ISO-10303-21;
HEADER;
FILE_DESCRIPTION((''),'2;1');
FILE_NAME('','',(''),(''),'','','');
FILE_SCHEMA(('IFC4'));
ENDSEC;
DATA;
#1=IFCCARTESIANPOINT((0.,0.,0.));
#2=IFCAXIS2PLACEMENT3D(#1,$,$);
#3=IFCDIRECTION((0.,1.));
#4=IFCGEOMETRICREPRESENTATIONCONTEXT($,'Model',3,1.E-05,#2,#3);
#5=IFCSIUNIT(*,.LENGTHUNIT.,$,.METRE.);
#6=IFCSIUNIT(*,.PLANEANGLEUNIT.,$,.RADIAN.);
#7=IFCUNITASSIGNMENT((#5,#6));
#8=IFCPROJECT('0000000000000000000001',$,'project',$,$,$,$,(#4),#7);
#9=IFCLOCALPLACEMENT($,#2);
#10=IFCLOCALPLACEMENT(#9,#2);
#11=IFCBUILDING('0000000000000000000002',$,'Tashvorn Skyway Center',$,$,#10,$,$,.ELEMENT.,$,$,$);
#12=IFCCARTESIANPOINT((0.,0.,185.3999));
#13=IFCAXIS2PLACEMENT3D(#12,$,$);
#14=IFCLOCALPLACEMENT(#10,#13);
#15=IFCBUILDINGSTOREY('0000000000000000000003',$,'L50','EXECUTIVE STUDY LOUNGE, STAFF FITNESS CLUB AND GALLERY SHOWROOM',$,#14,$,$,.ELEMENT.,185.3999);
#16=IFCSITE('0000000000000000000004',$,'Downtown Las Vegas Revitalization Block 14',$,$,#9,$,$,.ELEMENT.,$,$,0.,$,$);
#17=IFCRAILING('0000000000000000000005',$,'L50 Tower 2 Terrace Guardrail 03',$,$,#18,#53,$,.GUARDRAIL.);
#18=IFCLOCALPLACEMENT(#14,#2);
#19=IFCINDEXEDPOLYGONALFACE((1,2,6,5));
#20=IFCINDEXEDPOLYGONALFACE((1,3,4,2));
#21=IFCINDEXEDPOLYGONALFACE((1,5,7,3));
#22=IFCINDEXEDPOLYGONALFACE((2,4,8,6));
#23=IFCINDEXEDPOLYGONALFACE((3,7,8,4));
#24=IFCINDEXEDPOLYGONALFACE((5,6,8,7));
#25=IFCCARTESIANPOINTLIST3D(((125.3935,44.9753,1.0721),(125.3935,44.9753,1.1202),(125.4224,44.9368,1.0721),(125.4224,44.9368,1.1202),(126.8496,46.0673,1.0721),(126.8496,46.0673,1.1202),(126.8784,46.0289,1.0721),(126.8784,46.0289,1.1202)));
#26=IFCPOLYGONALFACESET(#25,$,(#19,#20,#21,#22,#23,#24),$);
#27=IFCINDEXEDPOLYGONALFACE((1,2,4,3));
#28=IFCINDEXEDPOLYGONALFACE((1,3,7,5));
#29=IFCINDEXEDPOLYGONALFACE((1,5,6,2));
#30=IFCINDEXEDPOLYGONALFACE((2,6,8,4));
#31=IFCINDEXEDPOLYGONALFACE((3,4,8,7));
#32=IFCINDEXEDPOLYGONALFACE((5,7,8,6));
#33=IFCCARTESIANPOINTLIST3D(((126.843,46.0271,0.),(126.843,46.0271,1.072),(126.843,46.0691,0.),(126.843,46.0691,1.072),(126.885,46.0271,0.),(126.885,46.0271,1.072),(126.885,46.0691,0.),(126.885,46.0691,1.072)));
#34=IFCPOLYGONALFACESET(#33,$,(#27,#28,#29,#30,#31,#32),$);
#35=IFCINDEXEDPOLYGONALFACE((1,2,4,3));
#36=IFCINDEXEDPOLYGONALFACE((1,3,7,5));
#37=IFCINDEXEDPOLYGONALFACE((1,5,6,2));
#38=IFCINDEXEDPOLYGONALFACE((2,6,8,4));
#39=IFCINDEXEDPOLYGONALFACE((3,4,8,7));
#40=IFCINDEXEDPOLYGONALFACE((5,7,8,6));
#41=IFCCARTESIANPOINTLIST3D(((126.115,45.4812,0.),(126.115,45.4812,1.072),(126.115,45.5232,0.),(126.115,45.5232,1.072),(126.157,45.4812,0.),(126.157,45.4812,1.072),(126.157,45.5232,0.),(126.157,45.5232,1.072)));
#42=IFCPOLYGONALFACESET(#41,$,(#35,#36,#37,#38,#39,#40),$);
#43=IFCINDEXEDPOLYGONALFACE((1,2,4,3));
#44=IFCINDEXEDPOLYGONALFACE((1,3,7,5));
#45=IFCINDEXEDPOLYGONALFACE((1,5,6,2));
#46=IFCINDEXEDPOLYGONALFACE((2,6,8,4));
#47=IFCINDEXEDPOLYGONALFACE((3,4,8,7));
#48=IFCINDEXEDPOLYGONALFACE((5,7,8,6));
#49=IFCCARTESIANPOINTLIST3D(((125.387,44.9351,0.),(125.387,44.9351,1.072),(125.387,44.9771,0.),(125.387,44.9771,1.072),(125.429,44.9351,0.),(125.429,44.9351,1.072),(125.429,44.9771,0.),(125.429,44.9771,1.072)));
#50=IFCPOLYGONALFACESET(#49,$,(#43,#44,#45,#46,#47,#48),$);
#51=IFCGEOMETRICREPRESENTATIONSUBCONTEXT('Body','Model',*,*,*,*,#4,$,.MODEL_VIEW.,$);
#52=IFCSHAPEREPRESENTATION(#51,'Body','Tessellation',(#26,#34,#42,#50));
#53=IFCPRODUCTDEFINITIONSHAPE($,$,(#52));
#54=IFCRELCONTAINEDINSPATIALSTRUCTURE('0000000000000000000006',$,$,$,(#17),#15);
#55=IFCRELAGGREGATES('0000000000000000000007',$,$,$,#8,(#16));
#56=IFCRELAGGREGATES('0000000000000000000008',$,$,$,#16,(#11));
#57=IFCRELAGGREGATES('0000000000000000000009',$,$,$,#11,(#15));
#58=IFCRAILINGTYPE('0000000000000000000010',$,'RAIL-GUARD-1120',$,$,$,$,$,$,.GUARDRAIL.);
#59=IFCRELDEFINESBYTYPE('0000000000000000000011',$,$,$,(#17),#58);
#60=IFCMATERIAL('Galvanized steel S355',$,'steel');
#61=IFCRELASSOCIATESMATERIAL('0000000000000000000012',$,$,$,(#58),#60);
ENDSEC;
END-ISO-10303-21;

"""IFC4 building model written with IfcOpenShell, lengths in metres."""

from ifc_helpers import new_model, si_unit, direction, frame, origin, origin_2d, place, context, subcontext, project, spatial, rectangle, extrude, material, type_object, element, save


model = new_model("IFC4")

# Units and contexts
model_context = context("Model", 3, precision=1e-05, world=origin(), true_north=direction((0.0, 1.0)))
body_context = subcontext(model_context, "Body", "Model", "MODEL_VIEW")
ifc_project = project(units=[si_unit("LENGTHUNIT", "METRE"), si_unit("PLANEANGLEUNIT", "RADIAN")], contexts=[model_context])

# Site, building, storey
site_placement = place(None, origin())
site = spatial("IfcSite", under=ifc_project, at=site_placement, Name="Downtown Las Vegas Revitalization Block 14", CompositionType="ELEMENT", RefElevation=0.0)
building_placement = place(site_placement, origin())
building = spatial("IfcBuilding", under=site, at=building_placement, Name="Tashvorn Skyway Center", CompositionType="ELEMENT")
storey_placement = place(building_placement, frame((0.0, 0.0, 185.3999)))
storey = spatial("IfcBuildingStorey", under=building, at=storey_placement, Name="L50", Description="EXECUTIVE STUDY LOUNGE, STAFF FITNESS CLUB AND GALLERY SHOWROOM", CompositionType="ELEMENT", Elevation=185.3999)

# Railing
ifc_material_1 = material(Name="Galvanized steel S355", Category="steel")
railing_type = type_object("IfcRailingType", Name="RAIL-GUARD-1120", PredefinedType="GUARDRAIL", material=ifc_material_1)
railing_placement = place(storey_placement, frame((126.864, 46.0481, 0.0)))
element("IfcRailing", 1, at=railing_placement, inside=storey, type_object=railing_type, Name="L50 Tower 2 Terrace Guardrail 03", PredefinedType="GUARDRAIL", context=body_context, shape_type="SweptSolid", body=[
    extrude(rectangle(XDim=0.0481, YDim=0.0481, at=origin_2d()), frame((0.0, 0.0, 1.0962), z_axis=(-0.8, -0.6, 0.0), x_axis=(0.6, -0.8, 0.0)), (0.0, 0.0, 1.0), 1.8201),
    extrude(rectangle(XDim=0.042, YDim=0.042, at=origin_2d()), origin(), (0.0, 0.0, 1.0), 1.072),
    extrude(rectangle(XDim=0.042, YDim=0.042, at=origin_2d()), frame((-0.728, -0.5459, 0.0)), (0.0, 0.0, 1.0), 1.072),
    extrude(rectangle(XDim=0.042, YDim=0.042, at=origin_2d()), frame((-1.4561, -1.092, 0.0)), (0.0, 0.0, 1.0), 1.072),
])

save(model, "model.ifc")
